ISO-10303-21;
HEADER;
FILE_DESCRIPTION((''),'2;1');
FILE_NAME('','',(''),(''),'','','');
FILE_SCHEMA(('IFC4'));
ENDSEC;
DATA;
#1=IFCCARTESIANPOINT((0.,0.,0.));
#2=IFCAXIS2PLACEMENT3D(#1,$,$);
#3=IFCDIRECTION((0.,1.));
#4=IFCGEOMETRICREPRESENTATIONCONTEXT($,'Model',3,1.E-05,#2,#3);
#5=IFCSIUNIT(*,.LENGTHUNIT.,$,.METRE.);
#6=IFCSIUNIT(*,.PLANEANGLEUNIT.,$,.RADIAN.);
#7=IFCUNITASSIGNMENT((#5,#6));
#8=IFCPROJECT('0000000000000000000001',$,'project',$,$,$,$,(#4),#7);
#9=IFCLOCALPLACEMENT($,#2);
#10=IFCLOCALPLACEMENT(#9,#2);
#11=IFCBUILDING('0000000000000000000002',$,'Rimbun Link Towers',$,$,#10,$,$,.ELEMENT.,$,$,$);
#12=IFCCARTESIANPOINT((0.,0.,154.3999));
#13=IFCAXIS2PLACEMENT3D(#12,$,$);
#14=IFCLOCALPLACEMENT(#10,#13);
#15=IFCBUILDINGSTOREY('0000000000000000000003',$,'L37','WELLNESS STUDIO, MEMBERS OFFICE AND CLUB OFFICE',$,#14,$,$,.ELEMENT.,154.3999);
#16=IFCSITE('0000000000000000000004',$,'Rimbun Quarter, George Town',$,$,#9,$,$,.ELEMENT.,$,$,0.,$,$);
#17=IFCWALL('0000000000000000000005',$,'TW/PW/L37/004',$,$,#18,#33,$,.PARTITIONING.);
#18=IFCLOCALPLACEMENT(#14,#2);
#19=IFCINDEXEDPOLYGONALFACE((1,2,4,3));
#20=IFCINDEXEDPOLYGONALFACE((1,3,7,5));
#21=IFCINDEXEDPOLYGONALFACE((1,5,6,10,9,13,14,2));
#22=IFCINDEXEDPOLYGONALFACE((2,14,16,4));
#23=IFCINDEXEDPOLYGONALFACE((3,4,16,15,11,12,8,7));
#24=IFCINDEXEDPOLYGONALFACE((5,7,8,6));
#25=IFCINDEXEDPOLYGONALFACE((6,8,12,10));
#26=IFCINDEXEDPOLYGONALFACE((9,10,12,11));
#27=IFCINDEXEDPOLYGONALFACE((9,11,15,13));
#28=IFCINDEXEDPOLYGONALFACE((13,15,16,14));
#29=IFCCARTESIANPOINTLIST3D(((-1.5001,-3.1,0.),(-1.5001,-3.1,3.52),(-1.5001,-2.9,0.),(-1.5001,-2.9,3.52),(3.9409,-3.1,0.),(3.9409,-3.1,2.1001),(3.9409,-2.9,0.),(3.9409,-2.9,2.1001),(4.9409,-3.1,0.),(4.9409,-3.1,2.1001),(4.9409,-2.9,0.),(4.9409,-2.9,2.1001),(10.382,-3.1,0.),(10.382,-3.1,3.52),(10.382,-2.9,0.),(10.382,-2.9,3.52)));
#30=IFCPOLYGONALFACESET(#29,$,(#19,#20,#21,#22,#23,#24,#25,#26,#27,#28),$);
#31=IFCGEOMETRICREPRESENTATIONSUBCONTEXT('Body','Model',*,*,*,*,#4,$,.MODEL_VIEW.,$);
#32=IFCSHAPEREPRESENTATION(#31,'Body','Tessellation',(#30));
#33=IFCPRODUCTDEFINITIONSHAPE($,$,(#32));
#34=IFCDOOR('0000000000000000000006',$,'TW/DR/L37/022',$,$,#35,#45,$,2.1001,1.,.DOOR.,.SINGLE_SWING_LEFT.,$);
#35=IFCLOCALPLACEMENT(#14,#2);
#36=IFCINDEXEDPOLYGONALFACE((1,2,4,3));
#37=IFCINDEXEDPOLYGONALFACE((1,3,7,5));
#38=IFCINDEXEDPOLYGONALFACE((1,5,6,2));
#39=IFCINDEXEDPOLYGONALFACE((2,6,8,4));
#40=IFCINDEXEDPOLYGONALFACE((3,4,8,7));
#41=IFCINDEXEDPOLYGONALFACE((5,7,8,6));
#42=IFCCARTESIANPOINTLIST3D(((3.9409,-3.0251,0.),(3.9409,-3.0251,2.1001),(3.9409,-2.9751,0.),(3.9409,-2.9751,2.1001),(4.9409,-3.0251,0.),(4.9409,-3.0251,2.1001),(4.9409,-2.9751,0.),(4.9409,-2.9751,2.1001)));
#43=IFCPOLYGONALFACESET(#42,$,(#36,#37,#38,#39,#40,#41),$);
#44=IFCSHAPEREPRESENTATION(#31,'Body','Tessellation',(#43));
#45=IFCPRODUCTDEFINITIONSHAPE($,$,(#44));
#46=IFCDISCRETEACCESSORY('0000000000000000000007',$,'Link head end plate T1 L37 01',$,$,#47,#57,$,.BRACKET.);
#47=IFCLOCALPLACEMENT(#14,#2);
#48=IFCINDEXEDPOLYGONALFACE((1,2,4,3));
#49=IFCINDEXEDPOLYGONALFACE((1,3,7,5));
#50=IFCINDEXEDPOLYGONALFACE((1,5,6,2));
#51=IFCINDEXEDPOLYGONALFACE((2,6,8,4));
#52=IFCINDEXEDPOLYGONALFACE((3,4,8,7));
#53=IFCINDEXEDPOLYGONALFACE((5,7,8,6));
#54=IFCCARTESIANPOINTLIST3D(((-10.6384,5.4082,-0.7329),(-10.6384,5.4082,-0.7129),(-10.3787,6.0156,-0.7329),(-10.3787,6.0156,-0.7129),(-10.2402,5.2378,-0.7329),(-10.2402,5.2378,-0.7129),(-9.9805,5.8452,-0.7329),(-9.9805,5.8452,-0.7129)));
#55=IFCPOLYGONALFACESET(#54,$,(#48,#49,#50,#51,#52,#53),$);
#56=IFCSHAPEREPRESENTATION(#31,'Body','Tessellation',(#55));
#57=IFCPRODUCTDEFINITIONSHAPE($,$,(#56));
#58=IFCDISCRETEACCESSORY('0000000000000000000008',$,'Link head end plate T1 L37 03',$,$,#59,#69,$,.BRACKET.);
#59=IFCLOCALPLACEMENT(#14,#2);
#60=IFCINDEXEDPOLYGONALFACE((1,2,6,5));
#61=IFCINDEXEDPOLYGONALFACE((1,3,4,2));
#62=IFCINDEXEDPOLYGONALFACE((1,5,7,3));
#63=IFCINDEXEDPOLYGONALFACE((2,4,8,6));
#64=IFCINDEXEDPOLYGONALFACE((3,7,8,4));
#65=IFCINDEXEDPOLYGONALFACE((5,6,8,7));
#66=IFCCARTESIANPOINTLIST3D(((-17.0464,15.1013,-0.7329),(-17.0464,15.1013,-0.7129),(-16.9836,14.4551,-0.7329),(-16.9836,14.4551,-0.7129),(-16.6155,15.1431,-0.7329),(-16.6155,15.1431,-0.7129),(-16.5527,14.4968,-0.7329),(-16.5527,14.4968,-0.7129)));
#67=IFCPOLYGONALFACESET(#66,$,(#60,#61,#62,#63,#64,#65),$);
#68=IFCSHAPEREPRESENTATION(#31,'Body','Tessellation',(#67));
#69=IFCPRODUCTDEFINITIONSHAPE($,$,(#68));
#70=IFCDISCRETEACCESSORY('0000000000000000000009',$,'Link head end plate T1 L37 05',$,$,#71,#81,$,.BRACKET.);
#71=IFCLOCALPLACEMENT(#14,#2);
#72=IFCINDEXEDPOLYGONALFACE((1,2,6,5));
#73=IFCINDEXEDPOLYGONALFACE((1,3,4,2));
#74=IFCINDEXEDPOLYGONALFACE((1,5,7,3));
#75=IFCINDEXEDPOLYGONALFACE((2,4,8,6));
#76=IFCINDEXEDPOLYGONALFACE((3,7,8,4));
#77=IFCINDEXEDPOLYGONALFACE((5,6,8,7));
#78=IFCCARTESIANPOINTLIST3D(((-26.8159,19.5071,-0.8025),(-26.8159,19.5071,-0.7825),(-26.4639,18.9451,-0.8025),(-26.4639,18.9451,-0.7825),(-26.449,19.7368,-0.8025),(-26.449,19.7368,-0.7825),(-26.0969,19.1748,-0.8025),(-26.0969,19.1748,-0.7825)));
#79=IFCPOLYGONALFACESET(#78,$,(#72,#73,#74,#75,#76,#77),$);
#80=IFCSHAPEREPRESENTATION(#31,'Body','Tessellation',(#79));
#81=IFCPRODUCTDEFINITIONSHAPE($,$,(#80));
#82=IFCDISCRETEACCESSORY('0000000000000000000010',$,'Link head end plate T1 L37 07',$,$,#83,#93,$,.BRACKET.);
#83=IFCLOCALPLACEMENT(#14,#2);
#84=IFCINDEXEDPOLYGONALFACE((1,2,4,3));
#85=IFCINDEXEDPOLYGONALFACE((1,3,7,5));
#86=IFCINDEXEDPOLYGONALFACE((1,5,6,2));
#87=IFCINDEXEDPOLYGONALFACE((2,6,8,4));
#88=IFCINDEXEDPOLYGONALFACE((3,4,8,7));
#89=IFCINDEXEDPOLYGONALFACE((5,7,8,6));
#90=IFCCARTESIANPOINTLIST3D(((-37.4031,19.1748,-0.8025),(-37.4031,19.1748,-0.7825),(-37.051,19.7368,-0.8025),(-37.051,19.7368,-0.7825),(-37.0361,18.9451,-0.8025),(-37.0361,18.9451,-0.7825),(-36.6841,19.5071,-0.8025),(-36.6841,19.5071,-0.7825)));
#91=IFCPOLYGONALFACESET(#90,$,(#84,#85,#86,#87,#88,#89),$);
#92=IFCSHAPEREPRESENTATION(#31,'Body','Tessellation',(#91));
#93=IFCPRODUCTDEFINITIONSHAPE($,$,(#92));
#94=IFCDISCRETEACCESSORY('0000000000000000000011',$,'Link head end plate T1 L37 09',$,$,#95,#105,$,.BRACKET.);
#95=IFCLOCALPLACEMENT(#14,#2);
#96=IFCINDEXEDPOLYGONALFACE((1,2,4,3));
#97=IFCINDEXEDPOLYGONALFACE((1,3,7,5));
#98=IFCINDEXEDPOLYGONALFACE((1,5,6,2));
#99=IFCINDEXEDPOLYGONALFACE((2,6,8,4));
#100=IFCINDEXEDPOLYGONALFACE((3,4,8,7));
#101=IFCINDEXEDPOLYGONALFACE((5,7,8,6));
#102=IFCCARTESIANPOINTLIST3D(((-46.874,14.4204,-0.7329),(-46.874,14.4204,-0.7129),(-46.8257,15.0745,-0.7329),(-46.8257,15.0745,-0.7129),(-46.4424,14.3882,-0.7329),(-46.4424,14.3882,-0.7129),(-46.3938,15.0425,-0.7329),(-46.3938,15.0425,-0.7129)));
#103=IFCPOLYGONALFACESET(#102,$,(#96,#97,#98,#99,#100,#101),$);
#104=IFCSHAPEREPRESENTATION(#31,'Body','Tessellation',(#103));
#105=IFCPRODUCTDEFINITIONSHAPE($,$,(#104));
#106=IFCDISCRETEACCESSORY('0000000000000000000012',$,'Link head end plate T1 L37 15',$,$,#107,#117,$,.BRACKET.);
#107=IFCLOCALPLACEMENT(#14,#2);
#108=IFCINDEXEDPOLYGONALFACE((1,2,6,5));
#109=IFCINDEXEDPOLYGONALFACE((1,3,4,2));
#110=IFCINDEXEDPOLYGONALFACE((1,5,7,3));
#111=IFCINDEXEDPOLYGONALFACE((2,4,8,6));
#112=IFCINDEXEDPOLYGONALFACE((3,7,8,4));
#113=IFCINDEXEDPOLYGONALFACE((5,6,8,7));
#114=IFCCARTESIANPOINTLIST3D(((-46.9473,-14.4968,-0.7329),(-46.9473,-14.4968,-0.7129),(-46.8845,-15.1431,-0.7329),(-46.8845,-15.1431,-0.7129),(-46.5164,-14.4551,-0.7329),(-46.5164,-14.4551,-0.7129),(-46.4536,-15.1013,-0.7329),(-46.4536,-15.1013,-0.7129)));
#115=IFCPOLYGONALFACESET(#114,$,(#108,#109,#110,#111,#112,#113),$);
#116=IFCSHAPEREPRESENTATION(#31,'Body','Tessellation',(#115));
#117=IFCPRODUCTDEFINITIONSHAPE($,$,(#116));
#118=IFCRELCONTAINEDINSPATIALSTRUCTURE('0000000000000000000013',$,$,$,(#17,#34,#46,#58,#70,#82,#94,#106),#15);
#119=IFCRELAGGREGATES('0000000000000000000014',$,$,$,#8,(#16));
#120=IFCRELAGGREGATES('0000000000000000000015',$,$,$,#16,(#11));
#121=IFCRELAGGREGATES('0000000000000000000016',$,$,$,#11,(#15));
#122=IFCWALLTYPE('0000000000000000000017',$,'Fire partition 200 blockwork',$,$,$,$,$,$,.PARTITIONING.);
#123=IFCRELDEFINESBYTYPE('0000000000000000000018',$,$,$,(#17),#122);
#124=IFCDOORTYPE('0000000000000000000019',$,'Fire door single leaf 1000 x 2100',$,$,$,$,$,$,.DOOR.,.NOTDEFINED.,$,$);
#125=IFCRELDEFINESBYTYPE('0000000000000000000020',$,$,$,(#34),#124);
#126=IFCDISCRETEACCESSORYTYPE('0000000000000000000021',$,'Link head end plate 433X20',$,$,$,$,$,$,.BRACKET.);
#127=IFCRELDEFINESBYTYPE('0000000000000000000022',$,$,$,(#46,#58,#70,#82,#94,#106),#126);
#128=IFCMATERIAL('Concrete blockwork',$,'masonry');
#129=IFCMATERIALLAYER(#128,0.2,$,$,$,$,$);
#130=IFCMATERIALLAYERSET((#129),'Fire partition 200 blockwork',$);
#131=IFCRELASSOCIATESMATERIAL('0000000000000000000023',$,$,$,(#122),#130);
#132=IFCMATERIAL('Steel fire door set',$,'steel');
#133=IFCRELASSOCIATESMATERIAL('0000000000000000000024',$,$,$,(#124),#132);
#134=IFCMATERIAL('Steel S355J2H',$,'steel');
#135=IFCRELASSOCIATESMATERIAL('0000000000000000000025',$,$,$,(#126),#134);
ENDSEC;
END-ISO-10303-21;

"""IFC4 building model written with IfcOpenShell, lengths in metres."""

from ifc_helpers import new_model, si_unit, direction, frame, frame_2d, origin, origin_2d, place, context, subcontext, project, spatial, polyline, rectangle, outline, extrude, material, layer, layer_set, material_profile, profile_set, type_object, element, fill, save


model = new_model("IFC4")

# Units and contexts
model_context = context("Model", 3, precision=1e-05, world=origin(), true_north=direction((0.0, 1.0)))
body_context = subcontext(model_context, "Body", "Model", "MODEL_VIEW")
ifc_project = project(units=[si_unit("LENGTHUNIT", "METRE"), si_unit("PLANEANGLEUNIT", "RADIAN")], contexts=[model_context])

# Site, building, storey
site_placement = place(None, origin())
site = spatial("IfcSite", under=ifc_project, at=site_placement, Name="Rimbun Quarter, George Town", CompositionType="ELEMENT", RefElevation=0.0)
building_placement = place(site_placement, origin())
building = spatial("IfcBuilding", under=site, at=building_placement, Name="Rimbun Link Towers", CompositionType="ELEMENT")
storey_placement = place(building_placement, frame((0.0, 0.0, 154.3999)))
storey = spatial("IfcBuildingStorey", under=building, at=storey_placement, Name="L37", Description="WELLNESS STUDIO, MEMBERS OFFICE AND CLUB OFFICE", CompositionType="ELEMENT", Elevation=154.3999)

# Wall, opening, door
ifc_material_1 = material(Name="Concrete blockwork", Category="masonry")
ifc_layer_1 = layer(ifc_material_1, 0.2)
ifc_layer_set_1 = layer_set([ifc_layer_1], Name="Fire partition 200 blockwork")
wall_type = type_object("IfcWallType", Name="Fire partition 200 blockwork", PredefinedType="PARTITIONING", material=ifc_layer_set_1)
wall_placement = place(storey_placement, frame((-1.5, -3.0, 0.0), z_axis=(0.0, 0.0, 1.0), x_axis=(1.0, 0.0, 0.0)))
wall = element("IfcWall", 1, at=wall_placement, inside=storey, type_object=wall_type, Name="TW/PW/L37/004", PredefinedType="PARTITIONING", context=body_context, shape_type="SweptSolid", body=[
    extrude(rectangle(XDim=11.8821, YDim=0.2, at=frame_2d((5.9409, 0.0))), origin(), (0.0, 0.0, 1.0), 3.52),
])
opening_placement = place(wall_placement, frame((5.4409, 0.0, 0.0)))
opening = element("IfcOpeningElement", 2, at=opening_placement, cuts=wall, PredefinedType="OPENING", context=body_context, shape_type="SweptSolid", body=[
    extrude(rectangle(XDim=1.0, YDim=2.1001, at=frame_2d((0.5, 1.05))), frame((0.0, 0.1099, 0.0), z_axis=(0.0, -1.0, 0.0), x_axis=(1.0, 0.0, 0.0)), (0.0, 0.0, 1.0), 0.22),
])
ifc_material_2 = material(Name="Steel fire door set", Category="steel")
door_type = type_object("IfcDoorType", Name="Fire door single leaf 1000 x 2100", OperationType="NOTDEFINED", PredefinedType="DOOR", material=ifc_material_2)
door_placement = place(opening_placement, origin())
door = element("IfcDoor", 3, at=door_placement, inside=storey, type_object=door_type, Name="TW/DR/L37/022", OperationType="SINGLE_SWING_LEFT", OverallHeight=2.1001, OverallWidth=1.0, PredefinedType="DOOR", context=body_context, shape_type="SweptSolid", body=[
    extrude(rectangle(XDim=1.0, YDim=2.1001, at=frame_2d((0.5, 1.05))), frame((0.0, 0.0249, 0.0), z_axis=(0.0, -1.0, 0.0), x_axis=(1.0, 0.0, 0.0)), (0.0, 0.0, 1.0), 0.05),
])
fill(opening, door)

# Discrete accessories
ifc_material_3 = material(Name="Steel S355J2H", Category="steel")
ifc_material_profile_1 = material_profile(ifc_material_3, rectangle(XDim=0.4331, YDim=0.4331, at=origin_2d()), Name="PL 433x433")
ifc_profile_set_1 = profile_set([ifc_material_profile_1], Name="Steel S355J2H")
discrete_accessory_type = type_object("IfcDiscreteAccessoryType", Name="Link head end plate 433X20", PredefinedType="BRACKET", material=ifc_profile_set_1)
discrete_accessory_1_placement = place(storey_placement, frame((0.0, 0.0, -0.7329)))
element("IfcDiscreteAccessory", 4, at=discrete_accessory_1_placement, inside=storey, type_object=discrete_accessory_type, Name="Link head end plate T1 L37 01", PredefinedType="BRACKET", context=body_context, shape_type="SweptSolid", body=[
    extrude(outline(polyline([(-10.2402, 5.2378), (-9.9805, 5.8452), (-10.3787, 6.0156), (-10.6384, 5.4082), (-10.2402, 5.2378)])), origin(), (0.0, 0.0, 1.0), 0.02),
])
discrete_accessory_2_placement = place(storey_placement, frame((0.0, 0.0, -0.7329)))
element("IfcDiscreteAccessory", 5, at=discrete_accessory_2_placement, inside=storey, type_object=discrete_accessory_type, Name="Link head end plate T1 L37 03", PredefinedType="BRACKET", context=body_context, shape_type="SweptSolid", body=[
    extrude(outline(polyline([(-16.5527, 14.4968), (-16.6155, 15.1431), (-17.0464, 15.1013), (-16.9836, 14.4551), (-16.5527, 14.4968)])), origin(), (0.0, 0.0, 1.0), 0.02),
])
discrete_accessory_3_placement = place(storey_placement, frame((0.0, 0.0, -0.8025)))
element("IfcDiscreteAccessory", 6, at=discrete_accessory_3_placement, inside=storey, type_object=discrete_accessory_type, Name="Link head end plate T1 L37 05", PredefinedType="BRACKET", context=body_context, shape_type="SweptSolid", body=[
    extrude(outline(polyline([(-26.0969, 19.1748), (-26.449, 19.7368), (-26.8159, 19.5071), (-26.4639, 18.9451), (-26.0969, 19.1748)])), origin(), (0.0, 0.0, 1.0), 0.02),
])
discrete_accessory_4_placement = place(storey_placement, frame((0.0, 0.0, -0.8025)))
element("IfcDiscreteAccessory", 7, at=discrete_accessory_4_placement, inside=storey, type_object=discrete_accessory_type, Name="Link head end plate T1 L37 07", PredefinedType="BRACKET", context=body_context, shape_type="SweptSolid", body=[
    extrude(outline(polyline([(-37.0361, 18.9451), (-36.6841, 19.5071), (-37.051, 19.7368), (-37.4031, 19.1748), (-37.0361, 18.9451)])), origin(), (0.0, 0.0, 1.0), 0.02),
])
discrete_accessory_5_placement = place(storey_placement, frame((0.0, 0.0, -0.7329)))
element("IfcDiscreteAccessory", 8, at=discrete_accessory_5_placement, inside=storey, type_object=discrete_accessory_type, Name="Link head end plate T1 L37 09", PredefinedType="BRACKET", context=body_context, shape_type="SweptSolid", body=[
    extrude(outline(polyline([(-46.4424, 14.3882), (-46.3938, 15.0425), (-46.8257, 15.0745), (-46.874, 14.4204), (-46.4424, 14.3882)])), origin(), (0.0, 0.0, 1.0), 0.02),
])
discrete_accessory_6_placement = place(storey_placement, frame((0.0, 0.0, -0.7329)))
element("IfcDiscreteAccessory", 9, at=discrete_accessory_6_placement, inside=storey, type_object=discrete_accessory_type, Name="Link head end plate T1 L37 15", PredefinedType="BRACKET", context=body_context, shape_type="SweptSolid", body=[
    extrude(outline(polyline([(-46.9473, -14.4968), (-46.8845, -15.1431), (-46.4536, -15.1013), (-46.5164, -14.4551), (-46.9473, -14.4968)])), origin(), (0.0, 0.0, 1.0), 0.02),
])

save(model, "model.ifc")
